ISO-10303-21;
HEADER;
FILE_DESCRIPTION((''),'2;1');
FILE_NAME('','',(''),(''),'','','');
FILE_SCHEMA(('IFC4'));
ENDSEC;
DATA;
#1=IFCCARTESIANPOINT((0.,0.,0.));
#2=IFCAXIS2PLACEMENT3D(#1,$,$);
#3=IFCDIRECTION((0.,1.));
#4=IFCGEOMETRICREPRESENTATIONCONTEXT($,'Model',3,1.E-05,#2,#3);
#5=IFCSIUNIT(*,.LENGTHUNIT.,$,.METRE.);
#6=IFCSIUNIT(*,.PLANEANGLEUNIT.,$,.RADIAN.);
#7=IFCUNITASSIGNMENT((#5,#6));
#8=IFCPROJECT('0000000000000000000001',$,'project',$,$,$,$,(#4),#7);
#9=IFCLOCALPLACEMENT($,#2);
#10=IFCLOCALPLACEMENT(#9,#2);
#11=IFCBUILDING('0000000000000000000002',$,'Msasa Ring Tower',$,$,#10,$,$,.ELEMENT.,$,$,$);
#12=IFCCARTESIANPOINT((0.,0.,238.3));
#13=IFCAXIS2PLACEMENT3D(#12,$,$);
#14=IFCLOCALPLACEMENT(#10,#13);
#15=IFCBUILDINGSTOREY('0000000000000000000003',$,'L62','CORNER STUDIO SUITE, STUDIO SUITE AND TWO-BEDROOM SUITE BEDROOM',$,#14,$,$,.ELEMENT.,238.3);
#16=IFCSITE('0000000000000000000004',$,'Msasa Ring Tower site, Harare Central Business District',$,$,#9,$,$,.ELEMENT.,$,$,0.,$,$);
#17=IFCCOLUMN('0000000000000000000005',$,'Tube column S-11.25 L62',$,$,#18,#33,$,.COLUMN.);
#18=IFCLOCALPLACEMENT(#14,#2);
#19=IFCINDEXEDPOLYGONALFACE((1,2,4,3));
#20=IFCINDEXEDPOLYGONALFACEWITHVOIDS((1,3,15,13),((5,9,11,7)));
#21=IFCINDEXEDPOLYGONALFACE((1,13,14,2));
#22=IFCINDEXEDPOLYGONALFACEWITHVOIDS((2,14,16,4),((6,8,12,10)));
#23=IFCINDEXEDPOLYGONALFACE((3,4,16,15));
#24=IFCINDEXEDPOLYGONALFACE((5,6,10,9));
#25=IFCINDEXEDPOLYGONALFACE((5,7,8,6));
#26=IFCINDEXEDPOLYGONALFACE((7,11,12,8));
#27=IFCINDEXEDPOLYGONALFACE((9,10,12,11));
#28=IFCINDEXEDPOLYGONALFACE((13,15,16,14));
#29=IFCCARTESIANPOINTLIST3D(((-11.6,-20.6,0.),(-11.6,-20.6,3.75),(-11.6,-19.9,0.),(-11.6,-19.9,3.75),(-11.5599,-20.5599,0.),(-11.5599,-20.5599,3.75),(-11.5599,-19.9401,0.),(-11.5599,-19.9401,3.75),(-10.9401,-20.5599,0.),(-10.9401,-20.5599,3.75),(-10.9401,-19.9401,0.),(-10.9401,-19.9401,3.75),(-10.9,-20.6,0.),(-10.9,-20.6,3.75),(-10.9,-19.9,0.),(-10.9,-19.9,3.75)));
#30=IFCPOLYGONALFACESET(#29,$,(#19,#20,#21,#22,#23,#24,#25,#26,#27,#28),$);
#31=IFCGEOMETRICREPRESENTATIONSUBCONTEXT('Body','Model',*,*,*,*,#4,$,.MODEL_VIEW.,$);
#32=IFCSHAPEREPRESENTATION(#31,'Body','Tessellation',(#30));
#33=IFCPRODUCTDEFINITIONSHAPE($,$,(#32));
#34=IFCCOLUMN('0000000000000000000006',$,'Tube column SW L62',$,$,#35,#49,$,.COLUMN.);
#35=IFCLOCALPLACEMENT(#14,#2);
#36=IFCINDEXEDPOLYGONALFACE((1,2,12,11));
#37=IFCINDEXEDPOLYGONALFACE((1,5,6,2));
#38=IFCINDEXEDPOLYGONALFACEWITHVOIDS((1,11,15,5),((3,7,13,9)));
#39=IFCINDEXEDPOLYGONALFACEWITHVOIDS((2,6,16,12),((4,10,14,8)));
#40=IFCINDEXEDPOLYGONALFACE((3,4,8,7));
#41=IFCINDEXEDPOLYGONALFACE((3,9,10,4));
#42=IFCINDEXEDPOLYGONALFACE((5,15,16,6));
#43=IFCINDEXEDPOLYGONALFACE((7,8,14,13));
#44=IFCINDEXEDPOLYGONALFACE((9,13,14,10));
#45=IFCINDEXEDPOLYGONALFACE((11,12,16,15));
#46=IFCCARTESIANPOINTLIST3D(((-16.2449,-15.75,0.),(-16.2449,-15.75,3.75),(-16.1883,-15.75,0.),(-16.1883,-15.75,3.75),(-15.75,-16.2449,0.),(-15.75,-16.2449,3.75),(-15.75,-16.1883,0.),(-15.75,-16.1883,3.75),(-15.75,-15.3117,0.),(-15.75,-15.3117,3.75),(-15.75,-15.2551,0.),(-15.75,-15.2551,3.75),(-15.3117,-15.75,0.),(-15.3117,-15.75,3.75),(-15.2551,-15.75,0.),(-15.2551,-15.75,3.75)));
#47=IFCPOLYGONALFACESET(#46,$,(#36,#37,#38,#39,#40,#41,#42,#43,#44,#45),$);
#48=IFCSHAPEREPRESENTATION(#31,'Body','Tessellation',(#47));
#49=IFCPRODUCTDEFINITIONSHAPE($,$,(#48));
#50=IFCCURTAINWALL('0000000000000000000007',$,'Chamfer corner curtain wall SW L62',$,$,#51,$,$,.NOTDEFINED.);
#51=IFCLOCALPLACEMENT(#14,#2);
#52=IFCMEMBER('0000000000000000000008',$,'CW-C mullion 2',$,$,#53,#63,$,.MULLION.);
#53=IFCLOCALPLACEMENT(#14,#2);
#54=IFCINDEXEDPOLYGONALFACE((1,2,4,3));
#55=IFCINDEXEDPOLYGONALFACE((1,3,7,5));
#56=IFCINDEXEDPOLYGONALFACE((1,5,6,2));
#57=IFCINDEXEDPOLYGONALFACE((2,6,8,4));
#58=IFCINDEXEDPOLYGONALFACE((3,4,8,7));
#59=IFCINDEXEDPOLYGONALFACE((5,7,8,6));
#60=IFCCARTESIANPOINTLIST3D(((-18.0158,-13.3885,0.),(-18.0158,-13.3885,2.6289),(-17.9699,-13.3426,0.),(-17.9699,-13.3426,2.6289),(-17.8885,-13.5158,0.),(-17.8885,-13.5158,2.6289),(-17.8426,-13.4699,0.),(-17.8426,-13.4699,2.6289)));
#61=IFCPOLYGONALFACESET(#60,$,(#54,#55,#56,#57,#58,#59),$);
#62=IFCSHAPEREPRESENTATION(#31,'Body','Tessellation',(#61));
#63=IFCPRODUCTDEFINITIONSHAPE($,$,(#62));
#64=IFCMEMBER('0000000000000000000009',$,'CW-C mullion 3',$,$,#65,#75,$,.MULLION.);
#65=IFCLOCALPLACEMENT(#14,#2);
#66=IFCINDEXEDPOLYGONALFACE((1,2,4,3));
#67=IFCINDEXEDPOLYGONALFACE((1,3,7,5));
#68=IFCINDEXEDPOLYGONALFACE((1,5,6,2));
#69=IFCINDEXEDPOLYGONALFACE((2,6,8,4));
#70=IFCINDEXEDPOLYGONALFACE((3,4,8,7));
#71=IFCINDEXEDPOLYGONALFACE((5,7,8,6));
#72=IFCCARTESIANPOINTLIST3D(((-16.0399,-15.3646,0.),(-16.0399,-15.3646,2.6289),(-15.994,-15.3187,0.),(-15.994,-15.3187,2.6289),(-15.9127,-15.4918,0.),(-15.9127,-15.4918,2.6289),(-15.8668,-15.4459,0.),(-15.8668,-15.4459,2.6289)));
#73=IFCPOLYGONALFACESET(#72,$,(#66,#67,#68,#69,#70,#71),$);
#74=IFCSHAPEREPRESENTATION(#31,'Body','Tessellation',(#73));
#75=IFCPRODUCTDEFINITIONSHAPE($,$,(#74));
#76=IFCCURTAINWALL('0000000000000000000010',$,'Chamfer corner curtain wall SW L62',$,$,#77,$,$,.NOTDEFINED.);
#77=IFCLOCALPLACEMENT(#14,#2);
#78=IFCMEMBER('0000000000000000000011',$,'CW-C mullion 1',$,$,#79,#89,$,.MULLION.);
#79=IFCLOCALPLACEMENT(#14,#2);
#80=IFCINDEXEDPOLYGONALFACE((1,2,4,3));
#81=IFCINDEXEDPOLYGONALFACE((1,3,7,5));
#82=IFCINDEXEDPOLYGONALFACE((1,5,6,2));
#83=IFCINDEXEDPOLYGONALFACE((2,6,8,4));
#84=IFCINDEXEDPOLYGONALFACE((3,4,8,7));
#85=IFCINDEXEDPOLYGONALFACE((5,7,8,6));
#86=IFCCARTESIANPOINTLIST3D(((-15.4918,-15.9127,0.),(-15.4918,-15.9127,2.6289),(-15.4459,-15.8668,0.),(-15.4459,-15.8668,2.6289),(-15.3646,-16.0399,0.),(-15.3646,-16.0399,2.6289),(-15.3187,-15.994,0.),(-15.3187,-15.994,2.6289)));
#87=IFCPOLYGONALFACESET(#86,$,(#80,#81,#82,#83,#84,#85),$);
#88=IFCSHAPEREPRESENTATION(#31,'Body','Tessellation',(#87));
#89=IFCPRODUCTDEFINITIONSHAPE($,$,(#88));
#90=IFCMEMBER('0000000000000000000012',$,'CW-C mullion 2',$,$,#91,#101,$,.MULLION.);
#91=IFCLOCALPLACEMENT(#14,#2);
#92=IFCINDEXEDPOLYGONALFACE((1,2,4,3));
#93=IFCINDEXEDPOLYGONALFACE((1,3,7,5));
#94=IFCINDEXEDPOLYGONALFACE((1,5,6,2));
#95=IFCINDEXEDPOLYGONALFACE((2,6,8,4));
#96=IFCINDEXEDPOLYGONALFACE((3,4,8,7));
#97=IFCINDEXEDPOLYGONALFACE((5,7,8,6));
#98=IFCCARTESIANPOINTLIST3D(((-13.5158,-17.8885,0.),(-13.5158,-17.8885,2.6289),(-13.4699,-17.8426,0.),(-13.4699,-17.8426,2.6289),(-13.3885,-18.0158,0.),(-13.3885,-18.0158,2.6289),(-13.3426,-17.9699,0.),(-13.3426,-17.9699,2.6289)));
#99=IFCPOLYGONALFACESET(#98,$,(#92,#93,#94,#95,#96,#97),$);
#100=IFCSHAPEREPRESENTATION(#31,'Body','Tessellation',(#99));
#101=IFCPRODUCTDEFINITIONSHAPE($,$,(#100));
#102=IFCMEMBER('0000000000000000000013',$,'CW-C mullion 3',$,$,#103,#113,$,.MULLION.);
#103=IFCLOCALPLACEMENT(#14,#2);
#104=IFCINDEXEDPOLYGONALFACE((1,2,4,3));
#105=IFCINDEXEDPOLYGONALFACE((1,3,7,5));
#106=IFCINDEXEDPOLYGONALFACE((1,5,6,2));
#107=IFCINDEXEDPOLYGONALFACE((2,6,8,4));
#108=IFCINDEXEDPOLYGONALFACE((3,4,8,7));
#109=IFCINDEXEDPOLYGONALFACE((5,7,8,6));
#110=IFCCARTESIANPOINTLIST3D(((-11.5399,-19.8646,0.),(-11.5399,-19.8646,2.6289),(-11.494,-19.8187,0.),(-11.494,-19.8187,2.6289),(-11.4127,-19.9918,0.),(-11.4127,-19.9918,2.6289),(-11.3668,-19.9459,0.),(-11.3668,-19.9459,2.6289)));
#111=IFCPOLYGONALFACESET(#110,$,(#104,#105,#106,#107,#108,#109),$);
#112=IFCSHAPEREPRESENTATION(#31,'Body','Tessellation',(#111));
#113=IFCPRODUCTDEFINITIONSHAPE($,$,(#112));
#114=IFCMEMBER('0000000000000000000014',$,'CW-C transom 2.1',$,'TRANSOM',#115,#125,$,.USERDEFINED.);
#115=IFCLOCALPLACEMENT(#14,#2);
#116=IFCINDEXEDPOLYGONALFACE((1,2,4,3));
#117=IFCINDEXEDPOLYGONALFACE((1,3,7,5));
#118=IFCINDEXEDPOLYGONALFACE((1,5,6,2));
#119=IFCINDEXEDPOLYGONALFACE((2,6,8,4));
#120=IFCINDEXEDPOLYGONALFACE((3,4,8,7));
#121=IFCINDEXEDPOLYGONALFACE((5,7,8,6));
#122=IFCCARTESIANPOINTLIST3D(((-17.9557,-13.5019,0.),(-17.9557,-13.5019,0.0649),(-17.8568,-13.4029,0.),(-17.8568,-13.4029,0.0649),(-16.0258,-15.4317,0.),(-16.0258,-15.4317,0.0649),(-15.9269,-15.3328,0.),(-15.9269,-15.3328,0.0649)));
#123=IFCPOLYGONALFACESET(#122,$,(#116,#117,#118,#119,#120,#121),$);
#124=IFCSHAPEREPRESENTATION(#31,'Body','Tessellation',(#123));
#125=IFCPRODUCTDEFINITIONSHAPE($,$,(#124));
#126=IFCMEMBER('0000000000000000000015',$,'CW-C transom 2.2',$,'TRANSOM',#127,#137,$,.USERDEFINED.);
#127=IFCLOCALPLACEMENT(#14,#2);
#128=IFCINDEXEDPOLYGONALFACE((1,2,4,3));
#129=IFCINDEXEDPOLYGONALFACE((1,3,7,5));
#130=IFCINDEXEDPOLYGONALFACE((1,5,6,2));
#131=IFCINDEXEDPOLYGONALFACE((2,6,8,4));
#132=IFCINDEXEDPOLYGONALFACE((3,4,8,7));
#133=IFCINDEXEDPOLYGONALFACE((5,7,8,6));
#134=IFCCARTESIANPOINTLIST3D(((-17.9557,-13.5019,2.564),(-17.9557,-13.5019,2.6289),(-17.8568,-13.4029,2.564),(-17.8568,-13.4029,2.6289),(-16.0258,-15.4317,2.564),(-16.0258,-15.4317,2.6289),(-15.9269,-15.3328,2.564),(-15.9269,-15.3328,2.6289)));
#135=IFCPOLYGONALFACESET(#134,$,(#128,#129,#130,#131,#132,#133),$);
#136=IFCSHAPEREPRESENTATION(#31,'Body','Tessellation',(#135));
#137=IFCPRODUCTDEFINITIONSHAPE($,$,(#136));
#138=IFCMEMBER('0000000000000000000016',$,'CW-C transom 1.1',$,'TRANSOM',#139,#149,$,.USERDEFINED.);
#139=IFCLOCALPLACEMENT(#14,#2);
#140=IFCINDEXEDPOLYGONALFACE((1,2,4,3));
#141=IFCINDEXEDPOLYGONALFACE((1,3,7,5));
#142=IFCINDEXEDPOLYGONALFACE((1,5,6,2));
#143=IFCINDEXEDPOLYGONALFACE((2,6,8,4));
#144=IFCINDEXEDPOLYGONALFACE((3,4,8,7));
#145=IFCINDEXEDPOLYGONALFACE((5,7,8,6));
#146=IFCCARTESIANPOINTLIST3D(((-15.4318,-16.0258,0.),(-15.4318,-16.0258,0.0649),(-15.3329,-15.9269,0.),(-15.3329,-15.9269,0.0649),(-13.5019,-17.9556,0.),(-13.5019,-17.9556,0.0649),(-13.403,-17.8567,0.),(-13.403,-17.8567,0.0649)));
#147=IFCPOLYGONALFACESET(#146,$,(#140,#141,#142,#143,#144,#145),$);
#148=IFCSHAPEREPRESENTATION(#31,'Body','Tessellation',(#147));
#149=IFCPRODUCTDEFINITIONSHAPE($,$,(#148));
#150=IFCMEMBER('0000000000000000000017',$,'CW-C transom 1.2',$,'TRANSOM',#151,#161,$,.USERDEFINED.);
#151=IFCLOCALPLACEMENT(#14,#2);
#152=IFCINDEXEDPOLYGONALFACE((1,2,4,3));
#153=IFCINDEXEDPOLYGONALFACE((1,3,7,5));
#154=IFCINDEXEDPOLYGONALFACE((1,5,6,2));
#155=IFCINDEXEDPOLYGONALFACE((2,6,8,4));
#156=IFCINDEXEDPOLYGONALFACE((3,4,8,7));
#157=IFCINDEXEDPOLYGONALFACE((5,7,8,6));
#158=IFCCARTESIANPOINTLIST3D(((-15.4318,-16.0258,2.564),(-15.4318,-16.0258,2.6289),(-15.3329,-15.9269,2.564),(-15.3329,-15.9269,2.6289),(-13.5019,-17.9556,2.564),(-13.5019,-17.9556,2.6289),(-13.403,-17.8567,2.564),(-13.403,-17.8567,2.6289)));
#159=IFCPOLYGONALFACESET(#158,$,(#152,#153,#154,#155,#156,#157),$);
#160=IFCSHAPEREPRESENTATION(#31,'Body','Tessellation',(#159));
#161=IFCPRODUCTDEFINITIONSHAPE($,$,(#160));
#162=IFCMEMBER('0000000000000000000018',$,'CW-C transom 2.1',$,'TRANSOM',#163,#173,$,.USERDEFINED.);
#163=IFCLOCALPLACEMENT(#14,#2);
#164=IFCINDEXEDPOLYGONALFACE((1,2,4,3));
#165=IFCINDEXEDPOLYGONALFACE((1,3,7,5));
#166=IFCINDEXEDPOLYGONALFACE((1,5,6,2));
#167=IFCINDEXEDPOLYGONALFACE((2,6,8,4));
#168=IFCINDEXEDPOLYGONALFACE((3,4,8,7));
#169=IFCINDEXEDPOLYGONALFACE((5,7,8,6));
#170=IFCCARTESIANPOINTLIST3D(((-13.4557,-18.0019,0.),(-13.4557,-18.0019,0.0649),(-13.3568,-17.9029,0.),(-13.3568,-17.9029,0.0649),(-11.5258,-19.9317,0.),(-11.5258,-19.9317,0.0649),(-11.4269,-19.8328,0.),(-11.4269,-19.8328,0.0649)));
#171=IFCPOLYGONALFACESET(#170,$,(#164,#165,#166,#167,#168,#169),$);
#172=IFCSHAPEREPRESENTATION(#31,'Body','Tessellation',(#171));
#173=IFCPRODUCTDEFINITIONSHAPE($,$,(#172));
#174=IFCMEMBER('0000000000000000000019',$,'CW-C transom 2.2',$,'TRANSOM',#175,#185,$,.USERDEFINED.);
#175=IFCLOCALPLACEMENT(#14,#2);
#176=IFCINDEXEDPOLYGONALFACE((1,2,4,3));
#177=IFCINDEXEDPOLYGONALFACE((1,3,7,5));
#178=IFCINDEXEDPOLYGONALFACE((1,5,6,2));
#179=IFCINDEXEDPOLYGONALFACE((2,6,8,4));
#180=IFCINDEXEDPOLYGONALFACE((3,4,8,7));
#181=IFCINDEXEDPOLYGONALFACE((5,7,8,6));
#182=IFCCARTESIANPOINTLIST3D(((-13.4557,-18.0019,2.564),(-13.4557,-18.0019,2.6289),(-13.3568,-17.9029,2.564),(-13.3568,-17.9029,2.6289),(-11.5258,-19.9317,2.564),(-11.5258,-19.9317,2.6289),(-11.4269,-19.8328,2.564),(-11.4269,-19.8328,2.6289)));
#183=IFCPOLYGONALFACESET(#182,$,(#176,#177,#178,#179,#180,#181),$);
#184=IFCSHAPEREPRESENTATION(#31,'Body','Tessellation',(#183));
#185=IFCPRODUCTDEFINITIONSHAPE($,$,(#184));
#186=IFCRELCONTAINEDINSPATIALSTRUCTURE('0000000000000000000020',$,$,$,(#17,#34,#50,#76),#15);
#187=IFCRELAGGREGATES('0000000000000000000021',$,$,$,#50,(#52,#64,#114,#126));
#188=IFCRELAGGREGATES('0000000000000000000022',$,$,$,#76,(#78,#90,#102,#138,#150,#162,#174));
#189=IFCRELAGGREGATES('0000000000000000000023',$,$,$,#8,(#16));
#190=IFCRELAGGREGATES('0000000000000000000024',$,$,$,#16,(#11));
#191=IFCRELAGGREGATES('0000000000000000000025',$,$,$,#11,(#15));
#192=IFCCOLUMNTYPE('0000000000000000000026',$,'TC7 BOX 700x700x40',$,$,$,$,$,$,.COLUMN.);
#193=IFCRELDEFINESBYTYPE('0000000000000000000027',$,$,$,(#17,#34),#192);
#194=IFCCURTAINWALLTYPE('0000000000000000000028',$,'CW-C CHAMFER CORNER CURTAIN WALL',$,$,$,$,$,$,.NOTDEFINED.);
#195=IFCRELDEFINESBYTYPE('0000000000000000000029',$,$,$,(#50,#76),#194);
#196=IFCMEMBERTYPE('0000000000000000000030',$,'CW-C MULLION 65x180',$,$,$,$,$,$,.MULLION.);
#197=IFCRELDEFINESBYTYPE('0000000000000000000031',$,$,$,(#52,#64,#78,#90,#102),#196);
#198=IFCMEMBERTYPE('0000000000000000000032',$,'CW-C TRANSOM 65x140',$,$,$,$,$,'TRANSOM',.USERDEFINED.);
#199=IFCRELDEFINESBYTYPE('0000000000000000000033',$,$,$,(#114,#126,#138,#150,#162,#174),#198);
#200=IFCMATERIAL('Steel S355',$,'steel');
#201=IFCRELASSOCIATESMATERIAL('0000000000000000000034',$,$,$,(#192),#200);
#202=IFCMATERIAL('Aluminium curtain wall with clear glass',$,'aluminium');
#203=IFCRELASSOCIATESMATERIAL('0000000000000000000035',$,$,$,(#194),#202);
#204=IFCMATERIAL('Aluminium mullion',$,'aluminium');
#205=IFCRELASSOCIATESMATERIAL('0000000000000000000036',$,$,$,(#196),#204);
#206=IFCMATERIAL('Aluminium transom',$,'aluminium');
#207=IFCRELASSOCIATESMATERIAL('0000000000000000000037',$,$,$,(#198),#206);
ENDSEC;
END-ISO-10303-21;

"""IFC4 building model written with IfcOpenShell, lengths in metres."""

from ifc_helpers import new_model, si_unit, direction, frame, origin, origin_2d, place, context, subcontext, project, spatial, rectangle, hollow_rectangle, extrude, material, material_profile, profile_set, type_object, element, aggregate, save


model = new_model("IFC4")

# Units and contexts
model_context = context("Model", 3, precision=1e-05, world=origin(), true_north=direction((0.0, 1.0)))
body_context = subcontext(model_context, "Body", "Model", "MODEL_VIEW")
ifc_project = project(units=[si_unit("LENGTHUNIT", "METRE"), si_unit("PLANEANGLEUNIT", "RADIAN")], contexts=[model_context])

# Site, building, storey
site_placement = place(None, origin())
site = spatial("IfcSite", under=ifc_project, at=site_placement, Name="Msasa Ring Tower site, Harare Central Business District", CompositionType="ELEMENT", RefElevation=0.0)
building_placement = place(site_placement, origin())
building = spatial("IfcBuilding", under=site, at=building_placement, Name="Msasa Ring Tower", CompositionType="ELEMENT")
storey_placement = place(building_placement, frame((0.0, 0.0, 238.3)))
storey = spatial("IfcBuildingStorey", under=building, at=storey_placement, Name="L62", Description="CORNER STUDIO SUITE, STUDIO SUITE AND TWO-BEDROOM SUITE BEDROOM", CompositionType="ELEMENT", Elevation=238.3)

# Columns
ifc_material_1 = material(Name="Steel S355", Category="steel")
ifc_material_profile_1 = material_profile(ifc_material_1, hollow_rectangle(XDim=0.7, YDim=0.7, WallThickness=0.04, at=origin_2d()), Name="BOX 700x700x40")
ifc_profile_set_1 = profile_set([ifc_material_profile_1], Name="Steel S355")
column_type = type_object("IfcColumnType", Name="TC7 BOX 700x700x40", PredefinedType="COLUMN", material=ifc_profile_set_1)
for number, where, z_axis, x_axis, name in (
    (1, (-11.25, -20.25, 0.0), (0.0, 0.0, 1.0), (0.0, 1.0, 0.0), "Tube column S-11.25 L62"),
    (2, (-15.75, -15.75, 0.0), (0.0, 0.0, 1.0), (0.707107, 0.707107, 0.0), "Tube column SW L62"),
):
    element("IfcColumn", number, at=place(storey_placement, frame(where, z_axis=z_axis, x_axis=x_axis)), inside=storey, type_object=column_type, Name=name, PredefinedType="COLUMN", context=body_context, shape_type="SweptSolid", body=[
        extrude(hollow_rectangle(XDim=0.7, YDim=0.7, WallThickness=0.04, at=origin_2d()), origin(), (0.0, 0.0, 1.0), 3.75),
    ])

# Curtain walls, members
ifc_material_2 = material(Name="Aluminium curtain wall with clear glass", Category="aluminium")
curtain_wall_type = type_object("IfcCurtainWallType", Name="CW-C CHAMFER CORNER CURTAIN WALL", PredefinedType="NOTDEFINED", material=ifc_material_2)
curtain_wall_1_placement = place(storey_placement, origin())
curtain_wall_1 = element("IfcCurtainWall", 3, at=curtain_wall_1_placement, inside=storey, type_object=curtain_wall_type, Name="Chamfer corner curtain wall SW L62", PredefinedType="NOTDEFINED")
ifc_material_3 = material(Name="Aluminium mullion", Category="aluminium")
ifc_material_profile_2 = material_profile(ifc_material_3, rectangle(XDim=0.0649, YDim=0.1799, at=origin_2d()), Name="AL 65x180")
ifc_profile_set_2 = profile_set([ifc_material_profile_2], Name="Aluminium mullion")
member_type_1 = type_object("IfcMemberType", Name="CW-C MULLION 65x180", PredefinedType="MULLION", material=ifc_profile_set_2)
member_1_placement = place(storey_placement, frame((-17.9292, -13.4292, 0.0), z_axis=(0.0, 0.0, 1.0), x_axis=(0.707107, 0.707107, 0.0)))
member_1 = element("IfcMember", 4, at=member_1_placement, type_object=member_type_1, Name="CW-C mullion 2", PredefinedType="MULLION", context=body_context, shape_type="SweptSolid", body=[
    extrude(rectangle(XDim=0.0649, YDim=0.1799, at=origin_2d()), origin(), (0.0, 0.0, 1.0), 2.6289),
])
member_2_placement = place(storey_placement, frame((-15.9534, -15.4053, 0.0), z_axis=(0.0, 0.0, 1.0), x_axis=(0.707107, 0.707107, 0.0)))
member_2 = element("IfcMember", 5, at=member_2_placement, type_object=member_type_1, Name="CW-C mullion 3", PredefinedType="MULLION", context=body_context, shape_type="SweptSolid", body=[
    extrude(rectangle(XDim=0.0649, YDim=0.1799, at=origin_2d()), origin(), (0.0, 0.0, 1.0), 2.6289),
])
curtain_wall_2_placement = place(storey_placement, origin())
curtain_wall_2 = element("IfcCurtainWall", 6, at=curtain_wall_2_placement, inside=storey, type_object=curtain_wall_type, Name="Chamfer corner curtain wall SW L62", PredefinedType="NOTDEFINED")
member_3_placement = place(storey_placement, frame((-15.4053, -15.9534, 0.0), z_axis=(0.0, 0.0, 1.0), x_axis=(0.707107, 0.707107, 0.0)))
member_3 = element("IfcMember", 7, at=member_3_placement, type_object=member_type_1, Name="CW-C mullion 1", PredefinedType="MULLION", context=body_context, shape_type="SweptSolid", body=[
    extrude(rectangle(XDim=0.0649, YDim=0.1799, at=origin_2d()), origin(), (0.0, 0.0, 1.0), 2.6289),
])
member_4_placement = place(storey_placement, frame((-13.4292, -17.9292, 0.0), z_axis=(0.0, 0.0, 1.0), x_axis=(0.707107, 0.707107, 0.0)))
member_4 = element("IfcMember", 8, at=member_4_placement, type_object=member_type_1, Name="CW-C mullion 2", PredefinedType="MULLION", context=body_context, shape_type="SweptSolid", body=[
    extrude(rectangle(XDim=0.0649, YDim=0.1799, at=origin_2d()), origin(), (0.0, 0.0, 1.0), 2.6289),
])
member_5_placement = place(storey_placement, frame((-11.4534, -19.9053, 0.0), z_axis=(0.0, 0.0, 1.0), x_axis=(0.707107, 0.707107, 0.0)))
member_5 = element("IfcMember", 9, at=member_5_placement, type_object=member_type_1, Name="CW-C mullion 3", PredefinedType="MULLION", context=body_context, shape_type="SweptSolid", body=[
    extrude(rectangle(XDim=0.0649, YDim=0.1799, at=origin_2d()), origin(), (0.0, 0.0, 1.0), 2.6289),
])

# Members
ifc_material_4 = material(Name="Aluminium transom", Category="aluminium")
ifc_material_profile_3 = material_profile(ifc_material_4, rectangle(XDim=0.1399, YDim=0.0649, at=origin_2d()), Name="AL 65x140")
ifc_profile_set_3 = profile_set([ifc_material_profile_3], Name="Aluminium transom")
member_type_2 = type_object("IfcMemberType", Name="CW-C TRANSOM 65x140", ElementType="TRANSOM", PredefinedType="USERDEFINED", material=ifc_profile_set_3)
member_6_placement = place(storey_placement, frame((-17.9062, -13.4524, 0.0325), z_axis=(0.707107, -0.707107, 0.0), x_axis=(0.707107, 0.707107, 0.0)))
member_6 = element("IfcMember", 10, at=member_6_placement, type_object=member_type_2, Name="CW-C transom 2.1", ObjectType="TRANSOM", PredefinedType="USERDEFINED", context=body_context, shape_type="SweptSolid", body=[
    extrude(rectangle(XDim=0.1399, YDim=0.0649, at=origin_2d()), origin(), (0.0, 0.0, 1.0), 2.7292),
])
member_7_placement = place(storey_placement, frame((-17.9062, -13.4524, 2.5964), z_axis=(0.707107, -0.707107, 0.0), x_axis=(0.707107, 0.707107, 0.0)))
member_7 = element("IfcMember", 11, at=member_7_placement, type_object=member_type_2, Name="CW-C transom 2.2", ObjectType="TRANSOM", PredefinedType="USERDEFINED", context=body_context, shape_type="SweptSolid", body=[
    extrude(rectangle(XDim=0.1399, YDim=0.0649, at=origin_2d()), origin(), (0.0, 0.0, 1.0), 2.7292),
])
member_8_placement = place(storey_placement, frame((-15.3823, -15.9763, 0.0325), z_axis=(0.707107, -0.707107, 0.0), x_axis=(0.707107, 0.707107, 0.0)))
member_8 = element("IfcMember", 12, at=member_8_placement, type_object=member_type_2, Name="CW-C transom 1.1", ObjectType="TRANSOM", PredefinedType="USERDEFINED", context=body_context, shape_type="SweptSolid", body=[
    extrude(rectangle(XDim=0.1399, YDim=0.0649, at=origin_2d()), origin(), (0.0, 0.0, 1.0), 2.7292),
])
member_9_placement = place(storey_placement, frame((-15.3823, -15.9763, 2.5964), z_axis=(0.707107, -0.707107, 0.0), x_axis=(0.707107, 0.707107, 0.0)))
member_9 = element("IfcMember", 13, at=member_9_placement, type_object=member_type_2, Name="CW-C transom 1.2", ObjectType="TRANSOM", PredefinedType="USERDEFINED", context=body_context, shape_type="SweptSolid", body=[
    extrude(rectangle(XDim=0.1399, YDim=0.0649, at=origin_2d()), origin(), (0.0, 0.0, 1.0), 2.7292),
])
member_10_placement = place(storey_placement, frame((-13.4062, -17.9524, 0.0325), z_axis=(0.707107, -0.707107, 0.0), x_axis=(0.707107, 0.707107, 0.0)))
member_10 = element("IfcMember", 14, at=member_10_placement, type_object=member_type_2, Name="CW-C transom 2.1", ObjectType="TRANSOM", PredefinedType="USERDEFINED", context=body_context, shape_type="SweptSolid", body=[
    extrude(rectangle(XDim=0.1399, YDim=0.0649, at=origin_2d()), origin(), (0.0, 0.0, 1.0), 2.7292),
])
member_11_placement = place(storey_placement, frame((-13.4062, -17.9524, 2.5964), z_axis=(0.707107, -0.707107, 0.0), x_axis=(0.707107, 0.707107, 0.0)))
member_11 = element("IfcMember", 15, at=member_11_placement, type_object=member_type_2, Name="CW-C transom 2.2", ObjectType="TRANSOM", PredefinedType="USERDEFINED", context=body_context, shape_type="SweptSolid", body=[
    extrude(rectangle(XDim=0.1399, YDim=0.0649, at=origin_2d()), origin(), (0.0, 0.0, 1.0), 2.7292),
])

aggregate(curtain_wall_1, [member_1, member_2, member_6, member_7])
aggregate(curtain_wall_2, [member_3, member_4, member_5, member_8, member_9, member_10, member_11])

save(model, "model.ifc")
